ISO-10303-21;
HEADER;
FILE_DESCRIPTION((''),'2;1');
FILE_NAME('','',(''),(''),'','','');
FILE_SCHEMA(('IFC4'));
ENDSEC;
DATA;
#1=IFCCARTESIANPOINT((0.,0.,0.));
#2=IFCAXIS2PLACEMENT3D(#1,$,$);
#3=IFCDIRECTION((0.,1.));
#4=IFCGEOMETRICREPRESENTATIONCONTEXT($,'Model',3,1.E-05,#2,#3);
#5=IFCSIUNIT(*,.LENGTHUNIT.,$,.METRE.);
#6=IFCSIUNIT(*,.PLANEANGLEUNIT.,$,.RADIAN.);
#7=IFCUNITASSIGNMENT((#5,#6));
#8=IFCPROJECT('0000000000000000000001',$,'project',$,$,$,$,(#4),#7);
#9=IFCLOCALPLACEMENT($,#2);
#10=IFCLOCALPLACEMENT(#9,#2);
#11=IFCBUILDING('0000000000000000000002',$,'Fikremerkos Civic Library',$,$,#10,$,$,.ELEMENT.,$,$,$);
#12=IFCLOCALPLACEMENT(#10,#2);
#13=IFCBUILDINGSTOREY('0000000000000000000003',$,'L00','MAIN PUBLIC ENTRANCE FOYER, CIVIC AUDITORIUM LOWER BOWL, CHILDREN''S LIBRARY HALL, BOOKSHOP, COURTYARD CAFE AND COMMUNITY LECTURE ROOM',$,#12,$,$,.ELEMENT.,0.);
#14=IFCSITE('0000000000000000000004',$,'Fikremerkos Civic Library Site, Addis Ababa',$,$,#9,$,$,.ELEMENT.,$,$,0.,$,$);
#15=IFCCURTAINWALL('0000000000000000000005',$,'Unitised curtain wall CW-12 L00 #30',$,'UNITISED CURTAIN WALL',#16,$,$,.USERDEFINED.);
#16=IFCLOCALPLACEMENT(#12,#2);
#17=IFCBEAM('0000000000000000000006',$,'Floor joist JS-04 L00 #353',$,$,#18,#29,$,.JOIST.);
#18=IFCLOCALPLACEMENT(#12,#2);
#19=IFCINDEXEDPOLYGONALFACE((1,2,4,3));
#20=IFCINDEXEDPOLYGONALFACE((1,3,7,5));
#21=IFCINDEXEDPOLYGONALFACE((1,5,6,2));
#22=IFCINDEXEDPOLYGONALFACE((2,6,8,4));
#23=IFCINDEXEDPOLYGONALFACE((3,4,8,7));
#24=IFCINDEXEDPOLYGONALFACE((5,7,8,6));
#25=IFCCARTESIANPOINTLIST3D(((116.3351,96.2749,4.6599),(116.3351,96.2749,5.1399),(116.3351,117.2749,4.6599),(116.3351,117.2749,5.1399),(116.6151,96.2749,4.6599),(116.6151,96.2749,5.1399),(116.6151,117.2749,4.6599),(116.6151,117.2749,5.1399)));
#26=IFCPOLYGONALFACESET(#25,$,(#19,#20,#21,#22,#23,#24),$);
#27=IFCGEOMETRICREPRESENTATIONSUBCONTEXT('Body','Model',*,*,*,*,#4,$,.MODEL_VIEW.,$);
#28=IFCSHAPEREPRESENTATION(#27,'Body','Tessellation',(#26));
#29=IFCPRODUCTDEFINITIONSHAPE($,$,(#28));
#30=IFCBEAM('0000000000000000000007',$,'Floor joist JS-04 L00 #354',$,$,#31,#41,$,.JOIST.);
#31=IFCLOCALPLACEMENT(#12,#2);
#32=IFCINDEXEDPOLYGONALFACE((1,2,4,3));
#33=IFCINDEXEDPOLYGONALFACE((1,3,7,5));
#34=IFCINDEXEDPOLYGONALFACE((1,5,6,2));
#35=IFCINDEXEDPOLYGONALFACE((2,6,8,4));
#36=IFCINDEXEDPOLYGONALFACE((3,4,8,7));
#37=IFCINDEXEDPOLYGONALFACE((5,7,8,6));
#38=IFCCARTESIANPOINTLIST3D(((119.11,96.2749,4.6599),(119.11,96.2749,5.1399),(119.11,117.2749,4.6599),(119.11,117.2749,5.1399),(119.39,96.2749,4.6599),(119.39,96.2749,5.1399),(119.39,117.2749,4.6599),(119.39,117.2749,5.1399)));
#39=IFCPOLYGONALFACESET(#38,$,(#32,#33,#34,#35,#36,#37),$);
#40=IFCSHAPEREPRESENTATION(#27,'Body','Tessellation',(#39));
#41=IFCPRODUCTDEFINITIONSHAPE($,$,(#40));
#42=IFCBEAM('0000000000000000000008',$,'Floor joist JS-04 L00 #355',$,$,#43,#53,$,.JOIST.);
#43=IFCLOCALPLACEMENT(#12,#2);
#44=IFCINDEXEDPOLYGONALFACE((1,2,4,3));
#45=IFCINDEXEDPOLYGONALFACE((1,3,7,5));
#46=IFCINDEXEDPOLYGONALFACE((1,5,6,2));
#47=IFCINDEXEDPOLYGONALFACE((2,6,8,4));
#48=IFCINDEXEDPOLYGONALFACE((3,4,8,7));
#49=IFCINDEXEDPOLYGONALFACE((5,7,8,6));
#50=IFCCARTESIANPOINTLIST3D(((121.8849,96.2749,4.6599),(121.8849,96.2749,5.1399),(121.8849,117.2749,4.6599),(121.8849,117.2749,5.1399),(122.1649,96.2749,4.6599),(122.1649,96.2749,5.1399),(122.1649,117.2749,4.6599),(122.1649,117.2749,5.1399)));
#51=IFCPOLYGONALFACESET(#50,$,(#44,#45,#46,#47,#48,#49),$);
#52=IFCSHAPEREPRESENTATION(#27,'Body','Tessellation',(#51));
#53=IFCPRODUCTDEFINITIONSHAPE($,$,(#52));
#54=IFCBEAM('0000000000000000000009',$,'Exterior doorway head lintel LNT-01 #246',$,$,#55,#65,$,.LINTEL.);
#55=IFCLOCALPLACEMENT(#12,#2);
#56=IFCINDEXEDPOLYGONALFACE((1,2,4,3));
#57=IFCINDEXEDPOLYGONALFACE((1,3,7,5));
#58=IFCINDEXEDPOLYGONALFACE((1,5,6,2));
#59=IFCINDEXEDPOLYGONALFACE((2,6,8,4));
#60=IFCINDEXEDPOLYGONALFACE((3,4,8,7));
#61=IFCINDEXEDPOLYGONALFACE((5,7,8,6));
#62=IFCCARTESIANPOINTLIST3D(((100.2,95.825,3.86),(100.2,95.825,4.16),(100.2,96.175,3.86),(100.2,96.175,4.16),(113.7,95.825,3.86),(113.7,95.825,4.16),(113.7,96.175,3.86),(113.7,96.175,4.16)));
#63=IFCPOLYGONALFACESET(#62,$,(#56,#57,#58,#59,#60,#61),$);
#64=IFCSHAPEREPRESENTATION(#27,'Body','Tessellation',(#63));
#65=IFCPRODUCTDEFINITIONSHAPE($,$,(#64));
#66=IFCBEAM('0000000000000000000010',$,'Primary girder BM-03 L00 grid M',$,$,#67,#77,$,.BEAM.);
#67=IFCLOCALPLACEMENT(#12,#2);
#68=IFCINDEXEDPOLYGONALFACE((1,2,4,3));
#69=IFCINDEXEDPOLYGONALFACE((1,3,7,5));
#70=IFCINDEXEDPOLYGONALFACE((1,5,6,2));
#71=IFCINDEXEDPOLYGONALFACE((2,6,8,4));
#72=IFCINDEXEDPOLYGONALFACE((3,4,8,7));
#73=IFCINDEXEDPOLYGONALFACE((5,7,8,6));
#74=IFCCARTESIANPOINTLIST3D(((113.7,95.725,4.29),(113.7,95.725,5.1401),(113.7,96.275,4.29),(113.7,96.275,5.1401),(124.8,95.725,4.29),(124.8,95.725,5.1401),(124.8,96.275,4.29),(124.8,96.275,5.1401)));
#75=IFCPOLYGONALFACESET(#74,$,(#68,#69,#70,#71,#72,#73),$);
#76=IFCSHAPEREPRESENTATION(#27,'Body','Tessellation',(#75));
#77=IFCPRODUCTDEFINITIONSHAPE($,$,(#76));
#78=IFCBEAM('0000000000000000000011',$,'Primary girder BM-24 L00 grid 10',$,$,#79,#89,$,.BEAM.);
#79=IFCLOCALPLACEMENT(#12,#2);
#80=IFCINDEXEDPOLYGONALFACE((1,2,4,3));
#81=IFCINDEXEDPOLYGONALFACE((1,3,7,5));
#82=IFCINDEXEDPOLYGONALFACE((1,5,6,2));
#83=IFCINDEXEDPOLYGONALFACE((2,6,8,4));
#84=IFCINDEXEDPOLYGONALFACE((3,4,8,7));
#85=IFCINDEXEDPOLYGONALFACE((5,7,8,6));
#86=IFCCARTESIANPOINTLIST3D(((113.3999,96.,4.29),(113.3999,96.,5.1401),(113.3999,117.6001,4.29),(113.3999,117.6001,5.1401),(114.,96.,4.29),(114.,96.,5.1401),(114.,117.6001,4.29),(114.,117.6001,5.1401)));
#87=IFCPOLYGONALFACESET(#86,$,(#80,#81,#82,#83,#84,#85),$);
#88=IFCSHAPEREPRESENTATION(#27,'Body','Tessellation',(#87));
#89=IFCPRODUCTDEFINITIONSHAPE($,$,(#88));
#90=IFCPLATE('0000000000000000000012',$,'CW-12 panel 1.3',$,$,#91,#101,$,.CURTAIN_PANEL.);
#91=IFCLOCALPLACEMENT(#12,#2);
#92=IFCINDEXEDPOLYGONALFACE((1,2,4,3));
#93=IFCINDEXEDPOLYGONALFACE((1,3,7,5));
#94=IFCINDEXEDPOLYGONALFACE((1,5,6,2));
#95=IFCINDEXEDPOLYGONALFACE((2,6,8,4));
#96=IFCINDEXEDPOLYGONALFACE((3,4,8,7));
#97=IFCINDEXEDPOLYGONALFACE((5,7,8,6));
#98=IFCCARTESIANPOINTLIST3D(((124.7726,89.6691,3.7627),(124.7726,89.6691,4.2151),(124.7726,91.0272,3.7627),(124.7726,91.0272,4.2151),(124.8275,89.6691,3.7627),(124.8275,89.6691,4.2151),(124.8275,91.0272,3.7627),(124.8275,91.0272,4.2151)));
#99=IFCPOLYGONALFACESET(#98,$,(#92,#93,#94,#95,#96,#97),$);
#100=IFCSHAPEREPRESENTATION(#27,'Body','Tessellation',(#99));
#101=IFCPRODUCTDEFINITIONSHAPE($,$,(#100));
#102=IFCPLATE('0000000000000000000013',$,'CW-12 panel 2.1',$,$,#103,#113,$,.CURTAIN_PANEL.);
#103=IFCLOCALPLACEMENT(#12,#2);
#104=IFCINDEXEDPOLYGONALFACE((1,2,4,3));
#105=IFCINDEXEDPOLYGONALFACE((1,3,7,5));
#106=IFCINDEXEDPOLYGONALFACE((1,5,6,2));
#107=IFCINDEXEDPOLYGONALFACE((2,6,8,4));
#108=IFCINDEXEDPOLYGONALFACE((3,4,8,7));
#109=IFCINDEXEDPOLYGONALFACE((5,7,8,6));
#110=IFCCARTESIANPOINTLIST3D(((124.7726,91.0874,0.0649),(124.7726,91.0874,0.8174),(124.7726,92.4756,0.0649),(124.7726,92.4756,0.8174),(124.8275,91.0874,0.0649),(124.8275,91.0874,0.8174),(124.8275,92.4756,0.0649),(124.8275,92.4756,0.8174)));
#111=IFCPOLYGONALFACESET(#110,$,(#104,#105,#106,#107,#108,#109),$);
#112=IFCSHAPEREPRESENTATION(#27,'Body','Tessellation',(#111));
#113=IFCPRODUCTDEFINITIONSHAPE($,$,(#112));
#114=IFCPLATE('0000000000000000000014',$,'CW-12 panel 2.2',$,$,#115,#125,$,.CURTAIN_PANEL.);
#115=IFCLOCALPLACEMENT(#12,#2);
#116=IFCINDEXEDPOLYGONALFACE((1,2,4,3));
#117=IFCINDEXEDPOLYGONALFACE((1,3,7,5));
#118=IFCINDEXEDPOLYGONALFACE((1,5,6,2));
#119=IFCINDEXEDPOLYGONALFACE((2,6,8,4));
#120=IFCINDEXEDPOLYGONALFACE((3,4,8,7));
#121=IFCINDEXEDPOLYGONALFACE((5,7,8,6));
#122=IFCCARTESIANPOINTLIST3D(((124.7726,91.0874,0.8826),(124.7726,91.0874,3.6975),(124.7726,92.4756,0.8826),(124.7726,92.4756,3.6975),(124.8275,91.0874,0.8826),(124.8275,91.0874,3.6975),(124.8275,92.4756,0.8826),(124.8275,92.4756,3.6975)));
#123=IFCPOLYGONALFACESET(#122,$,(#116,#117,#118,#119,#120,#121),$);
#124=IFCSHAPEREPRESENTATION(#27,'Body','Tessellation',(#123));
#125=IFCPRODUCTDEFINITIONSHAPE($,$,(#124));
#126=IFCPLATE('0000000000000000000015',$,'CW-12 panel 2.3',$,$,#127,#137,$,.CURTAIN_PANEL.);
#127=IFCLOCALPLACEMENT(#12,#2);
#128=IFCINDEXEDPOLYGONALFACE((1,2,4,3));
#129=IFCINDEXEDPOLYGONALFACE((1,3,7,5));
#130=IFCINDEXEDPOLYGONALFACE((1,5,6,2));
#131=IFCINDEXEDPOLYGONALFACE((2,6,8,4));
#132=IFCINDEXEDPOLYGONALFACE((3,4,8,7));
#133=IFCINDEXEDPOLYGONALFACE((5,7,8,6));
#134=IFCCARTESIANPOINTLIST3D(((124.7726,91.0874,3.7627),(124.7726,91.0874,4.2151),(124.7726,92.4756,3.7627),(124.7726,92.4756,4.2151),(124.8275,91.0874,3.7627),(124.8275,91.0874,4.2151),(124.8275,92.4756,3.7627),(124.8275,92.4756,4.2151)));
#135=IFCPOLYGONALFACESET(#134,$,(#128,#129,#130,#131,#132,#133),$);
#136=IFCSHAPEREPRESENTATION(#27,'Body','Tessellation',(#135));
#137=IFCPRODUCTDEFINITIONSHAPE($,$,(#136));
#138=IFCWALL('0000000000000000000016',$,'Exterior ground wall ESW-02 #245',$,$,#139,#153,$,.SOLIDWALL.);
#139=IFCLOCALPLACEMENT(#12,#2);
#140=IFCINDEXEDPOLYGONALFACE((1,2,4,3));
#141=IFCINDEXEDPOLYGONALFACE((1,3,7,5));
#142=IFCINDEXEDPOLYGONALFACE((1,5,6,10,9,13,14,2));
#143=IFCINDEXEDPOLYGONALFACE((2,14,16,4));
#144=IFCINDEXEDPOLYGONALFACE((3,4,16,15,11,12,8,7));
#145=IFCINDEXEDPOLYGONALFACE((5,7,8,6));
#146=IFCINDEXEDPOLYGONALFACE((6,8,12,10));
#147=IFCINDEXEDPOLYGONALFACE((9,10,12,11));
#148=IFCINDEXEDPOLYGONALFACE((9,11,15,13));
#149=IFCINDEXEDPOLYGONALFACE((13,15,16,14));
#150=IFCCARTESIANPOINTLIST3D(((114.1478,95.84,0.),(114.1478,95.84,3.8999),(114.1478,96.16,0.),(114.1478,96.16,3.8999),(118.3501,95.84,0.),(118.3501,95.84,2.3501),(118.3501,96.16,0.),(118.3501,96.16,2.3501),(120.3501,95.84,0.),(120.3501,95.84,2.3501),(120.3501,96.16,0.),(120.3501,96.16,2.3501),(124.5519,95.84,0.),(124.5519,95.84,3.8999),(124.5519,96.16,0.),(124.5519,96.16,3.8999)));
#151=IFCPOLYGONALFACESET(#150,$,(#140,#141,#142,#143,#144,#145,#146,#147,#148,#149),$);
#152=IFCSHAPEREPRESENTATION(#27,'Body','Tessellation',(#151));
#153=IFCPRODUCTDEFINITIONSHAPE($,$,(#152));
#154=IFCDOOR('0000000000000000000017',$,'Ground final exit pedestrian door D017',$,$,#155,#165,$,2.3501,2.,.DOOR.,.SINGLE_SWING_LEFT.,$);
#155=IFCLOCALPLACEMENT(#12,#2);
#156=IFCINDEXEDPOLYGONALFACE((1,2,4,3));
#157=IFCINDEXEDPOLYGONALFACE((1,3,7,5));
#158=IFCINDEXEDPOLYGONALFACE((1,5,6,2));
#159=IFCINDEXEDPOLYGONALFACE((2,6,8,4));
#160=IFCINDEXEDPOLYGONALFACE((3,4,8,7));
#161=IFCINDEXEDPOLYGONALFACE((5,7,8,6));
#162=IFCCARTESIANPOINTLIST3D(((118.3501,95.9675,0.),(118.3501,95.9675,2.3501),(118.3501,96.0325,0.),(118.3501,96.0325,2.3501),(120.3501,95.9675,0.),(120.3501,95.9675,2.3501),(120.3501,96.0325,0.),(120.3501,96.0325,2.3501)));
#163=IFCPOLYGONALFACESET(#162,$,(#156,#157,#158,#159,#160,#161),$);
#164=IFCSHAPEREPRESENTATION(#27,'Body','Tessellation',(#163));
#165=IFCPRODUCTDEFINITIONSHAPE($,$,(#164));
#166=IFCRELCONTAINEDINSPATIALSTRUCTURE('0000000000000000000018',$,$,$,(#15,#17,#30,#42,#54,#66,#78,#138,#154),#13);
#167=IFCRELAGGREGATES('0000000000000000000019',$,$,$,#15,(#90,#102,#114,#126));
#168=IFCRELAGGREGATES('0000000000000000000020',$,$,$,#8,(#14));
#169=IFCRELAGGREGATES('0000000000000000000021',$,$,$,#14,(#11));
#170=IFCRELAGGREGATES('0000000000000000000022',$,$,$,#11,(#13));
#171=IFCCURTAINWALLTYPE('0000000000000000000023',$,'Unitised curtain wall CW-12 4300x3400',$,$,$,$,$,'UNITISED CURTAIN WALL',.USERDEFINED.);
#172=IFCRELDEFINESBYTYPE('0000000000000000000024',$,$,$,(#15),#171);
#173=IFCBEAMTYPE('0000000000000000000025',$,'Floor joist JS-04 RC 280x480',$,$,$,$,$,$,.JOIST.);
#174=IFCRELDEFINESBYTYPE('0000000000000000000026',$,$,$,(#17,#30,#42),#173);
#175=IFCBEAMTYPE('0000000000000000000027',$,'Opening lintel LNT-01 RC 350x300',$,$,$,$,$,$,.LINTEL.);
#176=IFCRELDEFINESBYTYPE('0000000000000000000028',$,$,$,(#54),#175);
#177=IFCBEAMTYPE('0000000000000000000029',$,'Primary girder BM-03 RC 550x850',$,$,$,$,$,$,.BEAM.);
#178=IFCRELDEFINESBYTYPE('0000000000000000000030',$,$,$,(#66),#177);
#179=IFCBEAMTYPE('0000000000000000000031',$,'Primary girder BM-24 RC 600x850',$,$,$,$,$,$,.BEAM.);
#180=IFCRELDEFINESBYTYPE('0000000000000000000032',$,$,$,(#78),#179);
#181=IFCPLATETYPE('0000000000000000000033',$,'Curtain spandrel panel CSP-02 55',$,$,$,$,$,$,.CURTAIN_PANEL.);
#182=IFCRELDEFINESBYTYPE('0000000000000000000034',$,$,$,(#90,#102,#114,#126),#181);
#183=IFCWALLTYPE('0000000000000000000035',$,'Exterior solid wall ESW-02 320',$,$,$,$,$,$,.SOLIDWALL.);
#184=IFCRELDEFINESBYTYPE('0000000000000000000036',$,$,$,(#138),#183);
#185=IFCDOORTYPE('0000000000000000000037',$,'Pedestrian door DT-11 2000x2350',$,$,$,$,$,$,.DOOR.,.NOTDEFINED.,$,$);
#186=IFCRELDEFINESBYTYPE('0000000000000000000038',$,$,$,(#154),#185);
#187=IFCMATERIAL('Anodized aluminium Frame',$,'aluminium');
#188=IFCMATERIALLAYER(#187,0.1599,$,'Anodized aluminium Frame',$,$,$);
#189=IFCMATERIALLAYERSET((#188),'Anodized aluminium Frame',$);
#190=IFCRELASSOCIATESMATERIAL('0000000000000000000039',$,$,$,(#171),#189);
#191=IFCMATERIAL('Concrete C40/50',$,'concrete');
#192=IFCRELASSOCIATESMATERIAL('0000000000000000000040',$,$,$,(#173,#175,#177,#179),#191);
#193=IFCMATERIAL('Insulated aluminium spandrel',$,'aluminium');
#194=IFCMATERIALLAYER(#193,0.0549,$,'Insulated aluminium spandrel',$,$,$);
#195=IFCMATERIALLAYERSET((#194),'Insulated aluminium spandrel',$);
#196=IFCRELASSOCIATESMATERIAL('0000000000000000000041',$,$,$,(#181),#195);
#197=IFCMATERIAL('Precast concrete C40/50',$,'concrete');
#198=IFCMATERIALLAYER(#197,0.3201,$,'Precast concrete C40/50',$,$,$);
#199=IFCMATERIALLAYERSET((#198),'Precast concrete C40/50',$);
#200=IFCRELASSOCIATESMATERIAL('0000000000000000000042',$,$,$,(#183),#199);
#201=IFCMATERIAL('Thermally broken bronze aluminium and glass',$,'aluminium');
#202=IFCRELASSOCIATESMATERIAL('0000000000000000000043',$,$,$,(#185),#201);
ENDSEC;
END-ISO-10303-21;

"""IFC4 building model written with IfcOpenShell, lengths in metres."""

from ifc_helpers import new_model, si_unit, direction, frame, frame_2d, origin, origin_2d, place, context, subcontext, project, spatial, rectangle, extrude, material, layer, layer_set, material_profile, profile_set, type_object, element, fill, aggregate, save


model = new_model("IFC4")

# Units and contexts
model_context = context("Model", 3, precision=1e-05, world=origin(), true_north=direction((0.0, 1.0)))
body_context = subcontext(model_context, "Body", "Model", "MODEL_VIEW")
ifc_project = project(units=[si_unit("LENGTHUNIT", "METRE"), si_unit("PLANEANGLEUNIT", "RADIAN")], contexts=[model_context])

# Site, building, storey
site_placement = place(None, origin())
site = spatial("IfcSite", under=ifc_project, at=site_placement, Name="Fikremerkos Civic Library Site, Addis Ababa", CompositionType="ELEMENT", RefElevation=0.0)
building_placement = place(site_placement, origin())
building = spatial("IfcBuilding", under=site, at=building_placement, Name="Fikremerkos Civic Library", CompositionType="ELEMENT")
storey_placement = place(building_placement, origin())
storey = spatial("IfcBuildingStorey", under=building, at=storey_placement, Name="L00", Description="MAIN PUBLIC ENTRANCE FOYER, CIVIC AUDITORIUM LOWER BOWL, CHILDREN'S LIBRARY HALL, BOOKSHOP, COURTYARD CAFE AND COMMUNITY LECTURE ROOM", CompositionType="ELEMENT", Elevation=0.0)

# Curtain wall
ifc_material_1 = material(Name="Anodized aluminium Frame", Category="aluminium")
ifc_layer_1 = layer(ifc_material_1, 0.1599, Name="Anodized aluminium Frame")
ifc_layer_set_1 = layer_set([ifc_layer_1], Name="Anodized aluminium Frame")
curtain_wall_type = type_object("IfcCurtainWallType", Name="Unitised curtain wall CW-12 4300x3400", ElementType="UNITISED CURTAIN WALL", PredefinedType="USERDEFINED", material=ifc_layer_set_1)
curtain_wall_placement = place(storey_placement, origin())
curtain_wall = element("IfcCurtainWall", 1, at=curtain_wall_placement, inside=storey, type_object=curtain_wall_type, Name="Unitised curtain wall CW-12 L00 #30", ObjectType="UNITISED CURTAIN WALL", PredefinedType="USERDEFINED")

# Beams
ifc_material_2 = material(Name="Concrete C40/50", Category="concrete")
ifc_material_profile_1 = material_profile(ifc_material_2, rectangle(XDim=0.28, YDim=0.48, at=origin_2d()), Name="RC 280x480")
ifc_profile_set_1 = profile_set([ifc_material_profile_1], Name="Concrete C40/50")
beam_type_1 = type_object("IfcBeamType", Name="Floor joist JS-04 RC 280x480", PredefinedType="JOIST", material=ifc_profile_set_1)
for number, where, z_axis, x_axis, name in (
    (2, (116.4751, 96.2749, 4.8999), (0.0, 1.0, 0.0), (-1.0, 0.0, 0.0), "Floor joist JS-04 L00 #353"),
    (3, (119.25, 96.2749, 4.8999), (0.0, 1.0, 0.0), (-1.0, 0.0, 0.0), "Floor joist JS-04 L00 #354"),
    (4, (122.0249, 96.2749, 4.8999), (0.0, 1.0, 0.0), (-1.0, 0.0, 0.0), "Floor joist JS-04 L00 #355"),
):
    element("IfcBeam", number, at=place(storey_placement, frame(where, z_axis=z_axis, x_axis=x_axis)), inside=storey, type_object=beam_type_1, Name=name, PredefinedType="JOIST", context=body_context, shape_type="SweptSolid", body=[
        extrude(rectangle(XDim=0.28, YDim=0.48, at=origin_2d()), origin(), (0.0, 0.0, 1.0), 21.0),
    ])
ifc_material_profile_2 = material_profile(ifc_material_2, rectangle(XDim=0.3501, YDim=0.3, at=origin_2d()), Name="RC 350x300")
ifc_profile_set_2 = profile_set([ifc_material_profile_2], Name="Concrete C40/50")
beam_type_2 = type_object("IfcBeamType", Name="Opening lintel LNT-01 RC 350x300", PredefinedType="LINTEL", material=ifc_profile_set_2)
beam_1_placement = place(storey_placement, frame((113.7, 96.0, 4.01), z_axis=(-1.0, 0.0, 0.0), x_axis=(0.0, -1.0, 0.0)))
element("IfcBeam", 5, at=beam_1_placement, inside=storey, type_object=beam_type_2, Name="Exterior doorway head lintel LNT-01 #246", PredefinedType="LINTEL", context=body_context, shape_type="SweptSolid", body=[
    extrude(rectangle(XDim=0.3501, YDim=0.3, at=origin_2d()), origin(), (0.0, 0.0, 1.0), 13.5),
])
ifc_material_profile_3 = material_profile(ifc_material_2, rectangle(XDim=0.55, YDim=0.8501, at=origin_2d()), Name="RC 550x850")
ifc_profile_set_3 = profile_set([ifc_material_profile_3], Name="Concrete C40/50")
beam_type_3 = type_object("IfcBeamType", Name="Primary girder BM-03 RC 550x850", PredefinedType="BEAM", material=ifc_profile_set_3)
beam_2_placement = place(storey_placement, frame((113.7, 96.0, 4.7151), z_axis=(1.0, 0.0, 0.0), x_axis=(0.0, 1.0, 0.0)))
element("IfcBeam", 6, at=beam_2_placement, inside=storey, type_object=beam_type_3, Name="Primary girder BM-03 L00 grid M", PredefinedType="BEAM", context=body_context, shape_type="SweptSolid", body=[
    extrude(rectangle(XDim=0.55, YDim=0.8501, at=origin_2d()), origin(), (0.0, 0.0, 1.0), 11.1001),
])
ifc_material_profile_4 = material_profile(ifc_material_2, rectangle(XDim=0.6001, YDim=0.8501, at=origin_2d()), Name="RC 600x850")
ifc_profile_set_4 = profile_set([ifc_material_profile_4], Name="Concrete C40/50")
beam_type_4 = type_object("IfcBeamType", Name="Primary girder BM-24 RC 600x850", PredefinedType="BEAM", material=ifc_profile_set_4)
beam_3_placement = place(storey_placement, frame((113.7, 96.0, 4.7151), z_axis=(0.0, 1.0, 0.0), x_axis=(-1.0, 0.0, 0.0)))
element("IfcBeam", 7, at=beam_3_placement, inside=storey, type_object=beam_type_4, Name="Primary girder BM-24 L00 grid 10", PredefinedType="BEAM", context=body_context, shape_type="SweptSolid", body=[
    extrude(rectangle(XDim=0.6001, YDim=0.8501, at=origin_2d()), origin(), (0.0, 0.0, 1.0), 21.6001),
])

# Plates
ifc_material_3 = material(Name="Insulated aluminium spandrel", Category="aluminium")
ifc_layer_2 = layer(ifc_material_3, 0.0549, Name="Insulated aluminium spandrel")
ifc_layer_set_2 = layer_set([ifc_layer_2], Name="Insulated aluminium spandrel")
plate_type = type_object("IfcPlateType", Name="Curtain spandrel panel CSP-02 55", PredefinedType="CURTAIN_PANEL", material=ifc_layer_set_2)
plate_1_placement = place(storey_placement, frame((124.8, 90.3481, 3.7627), z_axis=(0.0, 0.0, 1.0), x_axis=(0.0, 1.0, 0.0)))
plate_1 = element("IfcPlate", 8, at=plate_1_placement, type_object=plate_type, Name="CW-12 panel 1.3", PredefinedType="CURTAIN_PANEL", context=body_context, shape_type="SweptSolid", body=[
    extrude(rectangle(XDim=1.3582, YDim=0.0549, at=origin_2d()), origin(), (0.0, 0.0, 1.0), 0.4524),
])
plate_2_placement = place(storey_placement, frame((124.8, 91.7815, 0.0649), z_axis=(0.0, 0.0, 1.0), x_axis=(0.0, 1.0, 0.0)))
plate_2 = element("IfcPlate", 9, at=plate_2_placement, type_object=plate_type, Name="CW-12 panel 2.1", PredefinedType="CURTAIN_PANEL", context=body_context, shape_type="SweptSolid", body=[
    extrude(rectangle(XDim=1.3882, YDim=0.0549, at=origin_2d()), origin(), (0.0, 0.0, 1.0), 0.7524),
])
plate_3_placement = place(storey_placement, frame((124.8, 91.7815, 0.8826), z_axis=(0.0, 0.0, 1.0), x_axis=(0.0, 1.0, 0.0)))
plate_3 = element("IfcPlate", 10, at=plate_3_placement, type_object=plate_type, Name="CW-12 panel 2.2", PredefinedType="CURTAIN_PANEL", context=body_context, shape_type="SweptSolid", body=[
    extrude(rectangle(XDim=1.3882, YDim=0.0549, at=origin_2d()), origin(), (0.0, 0.0, 1.0), 2.8149),
])
plate_4_placement = place(storey_placement, frame((124.8, 91.7815, 3.7627), z_axis=(0.0, 0.0, 1.0), x_axis=(0.0, 1.0, 0.0)))
plate_4 = element("IfcPlate", 11, at=plate_4_placement, type_object=plate_type, Name="CW-12 panel 2.3", PredefinedType="CURTAIN_PANEL", context=body_context, shape_type="SweptSolid", body=[
    extrude(rectangle(XDim=1.3882, YDim=0.0549, at=origin_2d()), origin(), (0.0, 0.0, 1.0), 0.4524),
])
aggregate(curtain_wall, [plate_1, plate_2, plate_3, plate_4])

# Wall, opening, door
ifc_material_4 = material(Name="Precast concrete C40/50", Category="concrete")
ifc_layer_3 = layer(ifc_material_4, 0.3201, Name="Precast concrete C40/50")
ifc_layer_set_3 = layer_set([ifc_layer_3], Name="Precast concrete C40/50")
wall_type_1 = type_object("IfcWallType", Name="Exterior solid wall ESW-02 320", PredefinedType="SOLIDWALL", material=ifc_layer_set_3)
wall_1_placement = place(storey_placement, frame((124.552, 96.0, 0.0), z_axis=(0.0, 0.0, 1.0), x_axis=(-1.0, 0.0, 0.0)))
wall_1 = element("IfcWall", 12, at=wall_1_placement, inside=storey, type_object=wall_type_1, Name="Exterior ground wall ESW-02 #245", PredefinedType="SOLIDWALL", context=body_context, shape_type="SweptSolid", body=[
    extrude(rectangle(XDim=10.4041, YDim=0.3201, at=frame_2d((5.2021, 0.0))), origin(), (0.0, 0.0, 1.0), 3.8999),
])
opening_1_placement = place(wall_1_placement, frame((4.2019, 0.0, 0.0)))
opening_1 = element("IfcOpeningElement", 13, at=opening_1_placement, cuts=wall_1, PredefinedType="OPENING", context=body_context, shape_type="SweptSolid", body=[
    extrude(rectangle(XDim=2.0, YDim=2.3501, at=frame_2d((1.0, 1.175))), frame((0.0, 0.1699, 0.0), z_axis=(0.0, -1.0, 0.0), x_axis=(1.0, 0.0, 0.0)), (0.0, 0.0, 1.0), 0.3401),
])
ifc_material_5 = material(Name="Thermally broken bronze aluminium and glass", Category="aluminium")
door_type_1 = type_object("IfcDoorType", Name="Pedestrian door DT-11 2000x2350", OperationType="NOTDEFINED", PredefinedType="DOOR", material=ifc_material_5)
door_1_placement = place(opening_1_placement, origin())
door_1 = element("IfcDoor", 14, at=door_1_placement, inside=storey, type_object=door_type_1, Name="Ground final exit pedestrian door D017", OperationType="SINGLE_SWING_LEFT", OverallHeight=2.3501, OverallWidth=2.0, PredefinedType="DOOR", context=body_context, shape_type="SweptSolid", body=[
    extrude(rectangle(XDim=2.0, YDim=2.3501, at=frame_2d((1.0, 1.175))), frame((0.0, 0.0325, 0.0), z_axis=(0.0, -1.0, 0.0), x_axis=(1.0, 0.0, 0.0)), (0.0, 0.0, 1.0), 0.0649),
])
fill(opening_1, door_1)

save(model, "model.ifc")
